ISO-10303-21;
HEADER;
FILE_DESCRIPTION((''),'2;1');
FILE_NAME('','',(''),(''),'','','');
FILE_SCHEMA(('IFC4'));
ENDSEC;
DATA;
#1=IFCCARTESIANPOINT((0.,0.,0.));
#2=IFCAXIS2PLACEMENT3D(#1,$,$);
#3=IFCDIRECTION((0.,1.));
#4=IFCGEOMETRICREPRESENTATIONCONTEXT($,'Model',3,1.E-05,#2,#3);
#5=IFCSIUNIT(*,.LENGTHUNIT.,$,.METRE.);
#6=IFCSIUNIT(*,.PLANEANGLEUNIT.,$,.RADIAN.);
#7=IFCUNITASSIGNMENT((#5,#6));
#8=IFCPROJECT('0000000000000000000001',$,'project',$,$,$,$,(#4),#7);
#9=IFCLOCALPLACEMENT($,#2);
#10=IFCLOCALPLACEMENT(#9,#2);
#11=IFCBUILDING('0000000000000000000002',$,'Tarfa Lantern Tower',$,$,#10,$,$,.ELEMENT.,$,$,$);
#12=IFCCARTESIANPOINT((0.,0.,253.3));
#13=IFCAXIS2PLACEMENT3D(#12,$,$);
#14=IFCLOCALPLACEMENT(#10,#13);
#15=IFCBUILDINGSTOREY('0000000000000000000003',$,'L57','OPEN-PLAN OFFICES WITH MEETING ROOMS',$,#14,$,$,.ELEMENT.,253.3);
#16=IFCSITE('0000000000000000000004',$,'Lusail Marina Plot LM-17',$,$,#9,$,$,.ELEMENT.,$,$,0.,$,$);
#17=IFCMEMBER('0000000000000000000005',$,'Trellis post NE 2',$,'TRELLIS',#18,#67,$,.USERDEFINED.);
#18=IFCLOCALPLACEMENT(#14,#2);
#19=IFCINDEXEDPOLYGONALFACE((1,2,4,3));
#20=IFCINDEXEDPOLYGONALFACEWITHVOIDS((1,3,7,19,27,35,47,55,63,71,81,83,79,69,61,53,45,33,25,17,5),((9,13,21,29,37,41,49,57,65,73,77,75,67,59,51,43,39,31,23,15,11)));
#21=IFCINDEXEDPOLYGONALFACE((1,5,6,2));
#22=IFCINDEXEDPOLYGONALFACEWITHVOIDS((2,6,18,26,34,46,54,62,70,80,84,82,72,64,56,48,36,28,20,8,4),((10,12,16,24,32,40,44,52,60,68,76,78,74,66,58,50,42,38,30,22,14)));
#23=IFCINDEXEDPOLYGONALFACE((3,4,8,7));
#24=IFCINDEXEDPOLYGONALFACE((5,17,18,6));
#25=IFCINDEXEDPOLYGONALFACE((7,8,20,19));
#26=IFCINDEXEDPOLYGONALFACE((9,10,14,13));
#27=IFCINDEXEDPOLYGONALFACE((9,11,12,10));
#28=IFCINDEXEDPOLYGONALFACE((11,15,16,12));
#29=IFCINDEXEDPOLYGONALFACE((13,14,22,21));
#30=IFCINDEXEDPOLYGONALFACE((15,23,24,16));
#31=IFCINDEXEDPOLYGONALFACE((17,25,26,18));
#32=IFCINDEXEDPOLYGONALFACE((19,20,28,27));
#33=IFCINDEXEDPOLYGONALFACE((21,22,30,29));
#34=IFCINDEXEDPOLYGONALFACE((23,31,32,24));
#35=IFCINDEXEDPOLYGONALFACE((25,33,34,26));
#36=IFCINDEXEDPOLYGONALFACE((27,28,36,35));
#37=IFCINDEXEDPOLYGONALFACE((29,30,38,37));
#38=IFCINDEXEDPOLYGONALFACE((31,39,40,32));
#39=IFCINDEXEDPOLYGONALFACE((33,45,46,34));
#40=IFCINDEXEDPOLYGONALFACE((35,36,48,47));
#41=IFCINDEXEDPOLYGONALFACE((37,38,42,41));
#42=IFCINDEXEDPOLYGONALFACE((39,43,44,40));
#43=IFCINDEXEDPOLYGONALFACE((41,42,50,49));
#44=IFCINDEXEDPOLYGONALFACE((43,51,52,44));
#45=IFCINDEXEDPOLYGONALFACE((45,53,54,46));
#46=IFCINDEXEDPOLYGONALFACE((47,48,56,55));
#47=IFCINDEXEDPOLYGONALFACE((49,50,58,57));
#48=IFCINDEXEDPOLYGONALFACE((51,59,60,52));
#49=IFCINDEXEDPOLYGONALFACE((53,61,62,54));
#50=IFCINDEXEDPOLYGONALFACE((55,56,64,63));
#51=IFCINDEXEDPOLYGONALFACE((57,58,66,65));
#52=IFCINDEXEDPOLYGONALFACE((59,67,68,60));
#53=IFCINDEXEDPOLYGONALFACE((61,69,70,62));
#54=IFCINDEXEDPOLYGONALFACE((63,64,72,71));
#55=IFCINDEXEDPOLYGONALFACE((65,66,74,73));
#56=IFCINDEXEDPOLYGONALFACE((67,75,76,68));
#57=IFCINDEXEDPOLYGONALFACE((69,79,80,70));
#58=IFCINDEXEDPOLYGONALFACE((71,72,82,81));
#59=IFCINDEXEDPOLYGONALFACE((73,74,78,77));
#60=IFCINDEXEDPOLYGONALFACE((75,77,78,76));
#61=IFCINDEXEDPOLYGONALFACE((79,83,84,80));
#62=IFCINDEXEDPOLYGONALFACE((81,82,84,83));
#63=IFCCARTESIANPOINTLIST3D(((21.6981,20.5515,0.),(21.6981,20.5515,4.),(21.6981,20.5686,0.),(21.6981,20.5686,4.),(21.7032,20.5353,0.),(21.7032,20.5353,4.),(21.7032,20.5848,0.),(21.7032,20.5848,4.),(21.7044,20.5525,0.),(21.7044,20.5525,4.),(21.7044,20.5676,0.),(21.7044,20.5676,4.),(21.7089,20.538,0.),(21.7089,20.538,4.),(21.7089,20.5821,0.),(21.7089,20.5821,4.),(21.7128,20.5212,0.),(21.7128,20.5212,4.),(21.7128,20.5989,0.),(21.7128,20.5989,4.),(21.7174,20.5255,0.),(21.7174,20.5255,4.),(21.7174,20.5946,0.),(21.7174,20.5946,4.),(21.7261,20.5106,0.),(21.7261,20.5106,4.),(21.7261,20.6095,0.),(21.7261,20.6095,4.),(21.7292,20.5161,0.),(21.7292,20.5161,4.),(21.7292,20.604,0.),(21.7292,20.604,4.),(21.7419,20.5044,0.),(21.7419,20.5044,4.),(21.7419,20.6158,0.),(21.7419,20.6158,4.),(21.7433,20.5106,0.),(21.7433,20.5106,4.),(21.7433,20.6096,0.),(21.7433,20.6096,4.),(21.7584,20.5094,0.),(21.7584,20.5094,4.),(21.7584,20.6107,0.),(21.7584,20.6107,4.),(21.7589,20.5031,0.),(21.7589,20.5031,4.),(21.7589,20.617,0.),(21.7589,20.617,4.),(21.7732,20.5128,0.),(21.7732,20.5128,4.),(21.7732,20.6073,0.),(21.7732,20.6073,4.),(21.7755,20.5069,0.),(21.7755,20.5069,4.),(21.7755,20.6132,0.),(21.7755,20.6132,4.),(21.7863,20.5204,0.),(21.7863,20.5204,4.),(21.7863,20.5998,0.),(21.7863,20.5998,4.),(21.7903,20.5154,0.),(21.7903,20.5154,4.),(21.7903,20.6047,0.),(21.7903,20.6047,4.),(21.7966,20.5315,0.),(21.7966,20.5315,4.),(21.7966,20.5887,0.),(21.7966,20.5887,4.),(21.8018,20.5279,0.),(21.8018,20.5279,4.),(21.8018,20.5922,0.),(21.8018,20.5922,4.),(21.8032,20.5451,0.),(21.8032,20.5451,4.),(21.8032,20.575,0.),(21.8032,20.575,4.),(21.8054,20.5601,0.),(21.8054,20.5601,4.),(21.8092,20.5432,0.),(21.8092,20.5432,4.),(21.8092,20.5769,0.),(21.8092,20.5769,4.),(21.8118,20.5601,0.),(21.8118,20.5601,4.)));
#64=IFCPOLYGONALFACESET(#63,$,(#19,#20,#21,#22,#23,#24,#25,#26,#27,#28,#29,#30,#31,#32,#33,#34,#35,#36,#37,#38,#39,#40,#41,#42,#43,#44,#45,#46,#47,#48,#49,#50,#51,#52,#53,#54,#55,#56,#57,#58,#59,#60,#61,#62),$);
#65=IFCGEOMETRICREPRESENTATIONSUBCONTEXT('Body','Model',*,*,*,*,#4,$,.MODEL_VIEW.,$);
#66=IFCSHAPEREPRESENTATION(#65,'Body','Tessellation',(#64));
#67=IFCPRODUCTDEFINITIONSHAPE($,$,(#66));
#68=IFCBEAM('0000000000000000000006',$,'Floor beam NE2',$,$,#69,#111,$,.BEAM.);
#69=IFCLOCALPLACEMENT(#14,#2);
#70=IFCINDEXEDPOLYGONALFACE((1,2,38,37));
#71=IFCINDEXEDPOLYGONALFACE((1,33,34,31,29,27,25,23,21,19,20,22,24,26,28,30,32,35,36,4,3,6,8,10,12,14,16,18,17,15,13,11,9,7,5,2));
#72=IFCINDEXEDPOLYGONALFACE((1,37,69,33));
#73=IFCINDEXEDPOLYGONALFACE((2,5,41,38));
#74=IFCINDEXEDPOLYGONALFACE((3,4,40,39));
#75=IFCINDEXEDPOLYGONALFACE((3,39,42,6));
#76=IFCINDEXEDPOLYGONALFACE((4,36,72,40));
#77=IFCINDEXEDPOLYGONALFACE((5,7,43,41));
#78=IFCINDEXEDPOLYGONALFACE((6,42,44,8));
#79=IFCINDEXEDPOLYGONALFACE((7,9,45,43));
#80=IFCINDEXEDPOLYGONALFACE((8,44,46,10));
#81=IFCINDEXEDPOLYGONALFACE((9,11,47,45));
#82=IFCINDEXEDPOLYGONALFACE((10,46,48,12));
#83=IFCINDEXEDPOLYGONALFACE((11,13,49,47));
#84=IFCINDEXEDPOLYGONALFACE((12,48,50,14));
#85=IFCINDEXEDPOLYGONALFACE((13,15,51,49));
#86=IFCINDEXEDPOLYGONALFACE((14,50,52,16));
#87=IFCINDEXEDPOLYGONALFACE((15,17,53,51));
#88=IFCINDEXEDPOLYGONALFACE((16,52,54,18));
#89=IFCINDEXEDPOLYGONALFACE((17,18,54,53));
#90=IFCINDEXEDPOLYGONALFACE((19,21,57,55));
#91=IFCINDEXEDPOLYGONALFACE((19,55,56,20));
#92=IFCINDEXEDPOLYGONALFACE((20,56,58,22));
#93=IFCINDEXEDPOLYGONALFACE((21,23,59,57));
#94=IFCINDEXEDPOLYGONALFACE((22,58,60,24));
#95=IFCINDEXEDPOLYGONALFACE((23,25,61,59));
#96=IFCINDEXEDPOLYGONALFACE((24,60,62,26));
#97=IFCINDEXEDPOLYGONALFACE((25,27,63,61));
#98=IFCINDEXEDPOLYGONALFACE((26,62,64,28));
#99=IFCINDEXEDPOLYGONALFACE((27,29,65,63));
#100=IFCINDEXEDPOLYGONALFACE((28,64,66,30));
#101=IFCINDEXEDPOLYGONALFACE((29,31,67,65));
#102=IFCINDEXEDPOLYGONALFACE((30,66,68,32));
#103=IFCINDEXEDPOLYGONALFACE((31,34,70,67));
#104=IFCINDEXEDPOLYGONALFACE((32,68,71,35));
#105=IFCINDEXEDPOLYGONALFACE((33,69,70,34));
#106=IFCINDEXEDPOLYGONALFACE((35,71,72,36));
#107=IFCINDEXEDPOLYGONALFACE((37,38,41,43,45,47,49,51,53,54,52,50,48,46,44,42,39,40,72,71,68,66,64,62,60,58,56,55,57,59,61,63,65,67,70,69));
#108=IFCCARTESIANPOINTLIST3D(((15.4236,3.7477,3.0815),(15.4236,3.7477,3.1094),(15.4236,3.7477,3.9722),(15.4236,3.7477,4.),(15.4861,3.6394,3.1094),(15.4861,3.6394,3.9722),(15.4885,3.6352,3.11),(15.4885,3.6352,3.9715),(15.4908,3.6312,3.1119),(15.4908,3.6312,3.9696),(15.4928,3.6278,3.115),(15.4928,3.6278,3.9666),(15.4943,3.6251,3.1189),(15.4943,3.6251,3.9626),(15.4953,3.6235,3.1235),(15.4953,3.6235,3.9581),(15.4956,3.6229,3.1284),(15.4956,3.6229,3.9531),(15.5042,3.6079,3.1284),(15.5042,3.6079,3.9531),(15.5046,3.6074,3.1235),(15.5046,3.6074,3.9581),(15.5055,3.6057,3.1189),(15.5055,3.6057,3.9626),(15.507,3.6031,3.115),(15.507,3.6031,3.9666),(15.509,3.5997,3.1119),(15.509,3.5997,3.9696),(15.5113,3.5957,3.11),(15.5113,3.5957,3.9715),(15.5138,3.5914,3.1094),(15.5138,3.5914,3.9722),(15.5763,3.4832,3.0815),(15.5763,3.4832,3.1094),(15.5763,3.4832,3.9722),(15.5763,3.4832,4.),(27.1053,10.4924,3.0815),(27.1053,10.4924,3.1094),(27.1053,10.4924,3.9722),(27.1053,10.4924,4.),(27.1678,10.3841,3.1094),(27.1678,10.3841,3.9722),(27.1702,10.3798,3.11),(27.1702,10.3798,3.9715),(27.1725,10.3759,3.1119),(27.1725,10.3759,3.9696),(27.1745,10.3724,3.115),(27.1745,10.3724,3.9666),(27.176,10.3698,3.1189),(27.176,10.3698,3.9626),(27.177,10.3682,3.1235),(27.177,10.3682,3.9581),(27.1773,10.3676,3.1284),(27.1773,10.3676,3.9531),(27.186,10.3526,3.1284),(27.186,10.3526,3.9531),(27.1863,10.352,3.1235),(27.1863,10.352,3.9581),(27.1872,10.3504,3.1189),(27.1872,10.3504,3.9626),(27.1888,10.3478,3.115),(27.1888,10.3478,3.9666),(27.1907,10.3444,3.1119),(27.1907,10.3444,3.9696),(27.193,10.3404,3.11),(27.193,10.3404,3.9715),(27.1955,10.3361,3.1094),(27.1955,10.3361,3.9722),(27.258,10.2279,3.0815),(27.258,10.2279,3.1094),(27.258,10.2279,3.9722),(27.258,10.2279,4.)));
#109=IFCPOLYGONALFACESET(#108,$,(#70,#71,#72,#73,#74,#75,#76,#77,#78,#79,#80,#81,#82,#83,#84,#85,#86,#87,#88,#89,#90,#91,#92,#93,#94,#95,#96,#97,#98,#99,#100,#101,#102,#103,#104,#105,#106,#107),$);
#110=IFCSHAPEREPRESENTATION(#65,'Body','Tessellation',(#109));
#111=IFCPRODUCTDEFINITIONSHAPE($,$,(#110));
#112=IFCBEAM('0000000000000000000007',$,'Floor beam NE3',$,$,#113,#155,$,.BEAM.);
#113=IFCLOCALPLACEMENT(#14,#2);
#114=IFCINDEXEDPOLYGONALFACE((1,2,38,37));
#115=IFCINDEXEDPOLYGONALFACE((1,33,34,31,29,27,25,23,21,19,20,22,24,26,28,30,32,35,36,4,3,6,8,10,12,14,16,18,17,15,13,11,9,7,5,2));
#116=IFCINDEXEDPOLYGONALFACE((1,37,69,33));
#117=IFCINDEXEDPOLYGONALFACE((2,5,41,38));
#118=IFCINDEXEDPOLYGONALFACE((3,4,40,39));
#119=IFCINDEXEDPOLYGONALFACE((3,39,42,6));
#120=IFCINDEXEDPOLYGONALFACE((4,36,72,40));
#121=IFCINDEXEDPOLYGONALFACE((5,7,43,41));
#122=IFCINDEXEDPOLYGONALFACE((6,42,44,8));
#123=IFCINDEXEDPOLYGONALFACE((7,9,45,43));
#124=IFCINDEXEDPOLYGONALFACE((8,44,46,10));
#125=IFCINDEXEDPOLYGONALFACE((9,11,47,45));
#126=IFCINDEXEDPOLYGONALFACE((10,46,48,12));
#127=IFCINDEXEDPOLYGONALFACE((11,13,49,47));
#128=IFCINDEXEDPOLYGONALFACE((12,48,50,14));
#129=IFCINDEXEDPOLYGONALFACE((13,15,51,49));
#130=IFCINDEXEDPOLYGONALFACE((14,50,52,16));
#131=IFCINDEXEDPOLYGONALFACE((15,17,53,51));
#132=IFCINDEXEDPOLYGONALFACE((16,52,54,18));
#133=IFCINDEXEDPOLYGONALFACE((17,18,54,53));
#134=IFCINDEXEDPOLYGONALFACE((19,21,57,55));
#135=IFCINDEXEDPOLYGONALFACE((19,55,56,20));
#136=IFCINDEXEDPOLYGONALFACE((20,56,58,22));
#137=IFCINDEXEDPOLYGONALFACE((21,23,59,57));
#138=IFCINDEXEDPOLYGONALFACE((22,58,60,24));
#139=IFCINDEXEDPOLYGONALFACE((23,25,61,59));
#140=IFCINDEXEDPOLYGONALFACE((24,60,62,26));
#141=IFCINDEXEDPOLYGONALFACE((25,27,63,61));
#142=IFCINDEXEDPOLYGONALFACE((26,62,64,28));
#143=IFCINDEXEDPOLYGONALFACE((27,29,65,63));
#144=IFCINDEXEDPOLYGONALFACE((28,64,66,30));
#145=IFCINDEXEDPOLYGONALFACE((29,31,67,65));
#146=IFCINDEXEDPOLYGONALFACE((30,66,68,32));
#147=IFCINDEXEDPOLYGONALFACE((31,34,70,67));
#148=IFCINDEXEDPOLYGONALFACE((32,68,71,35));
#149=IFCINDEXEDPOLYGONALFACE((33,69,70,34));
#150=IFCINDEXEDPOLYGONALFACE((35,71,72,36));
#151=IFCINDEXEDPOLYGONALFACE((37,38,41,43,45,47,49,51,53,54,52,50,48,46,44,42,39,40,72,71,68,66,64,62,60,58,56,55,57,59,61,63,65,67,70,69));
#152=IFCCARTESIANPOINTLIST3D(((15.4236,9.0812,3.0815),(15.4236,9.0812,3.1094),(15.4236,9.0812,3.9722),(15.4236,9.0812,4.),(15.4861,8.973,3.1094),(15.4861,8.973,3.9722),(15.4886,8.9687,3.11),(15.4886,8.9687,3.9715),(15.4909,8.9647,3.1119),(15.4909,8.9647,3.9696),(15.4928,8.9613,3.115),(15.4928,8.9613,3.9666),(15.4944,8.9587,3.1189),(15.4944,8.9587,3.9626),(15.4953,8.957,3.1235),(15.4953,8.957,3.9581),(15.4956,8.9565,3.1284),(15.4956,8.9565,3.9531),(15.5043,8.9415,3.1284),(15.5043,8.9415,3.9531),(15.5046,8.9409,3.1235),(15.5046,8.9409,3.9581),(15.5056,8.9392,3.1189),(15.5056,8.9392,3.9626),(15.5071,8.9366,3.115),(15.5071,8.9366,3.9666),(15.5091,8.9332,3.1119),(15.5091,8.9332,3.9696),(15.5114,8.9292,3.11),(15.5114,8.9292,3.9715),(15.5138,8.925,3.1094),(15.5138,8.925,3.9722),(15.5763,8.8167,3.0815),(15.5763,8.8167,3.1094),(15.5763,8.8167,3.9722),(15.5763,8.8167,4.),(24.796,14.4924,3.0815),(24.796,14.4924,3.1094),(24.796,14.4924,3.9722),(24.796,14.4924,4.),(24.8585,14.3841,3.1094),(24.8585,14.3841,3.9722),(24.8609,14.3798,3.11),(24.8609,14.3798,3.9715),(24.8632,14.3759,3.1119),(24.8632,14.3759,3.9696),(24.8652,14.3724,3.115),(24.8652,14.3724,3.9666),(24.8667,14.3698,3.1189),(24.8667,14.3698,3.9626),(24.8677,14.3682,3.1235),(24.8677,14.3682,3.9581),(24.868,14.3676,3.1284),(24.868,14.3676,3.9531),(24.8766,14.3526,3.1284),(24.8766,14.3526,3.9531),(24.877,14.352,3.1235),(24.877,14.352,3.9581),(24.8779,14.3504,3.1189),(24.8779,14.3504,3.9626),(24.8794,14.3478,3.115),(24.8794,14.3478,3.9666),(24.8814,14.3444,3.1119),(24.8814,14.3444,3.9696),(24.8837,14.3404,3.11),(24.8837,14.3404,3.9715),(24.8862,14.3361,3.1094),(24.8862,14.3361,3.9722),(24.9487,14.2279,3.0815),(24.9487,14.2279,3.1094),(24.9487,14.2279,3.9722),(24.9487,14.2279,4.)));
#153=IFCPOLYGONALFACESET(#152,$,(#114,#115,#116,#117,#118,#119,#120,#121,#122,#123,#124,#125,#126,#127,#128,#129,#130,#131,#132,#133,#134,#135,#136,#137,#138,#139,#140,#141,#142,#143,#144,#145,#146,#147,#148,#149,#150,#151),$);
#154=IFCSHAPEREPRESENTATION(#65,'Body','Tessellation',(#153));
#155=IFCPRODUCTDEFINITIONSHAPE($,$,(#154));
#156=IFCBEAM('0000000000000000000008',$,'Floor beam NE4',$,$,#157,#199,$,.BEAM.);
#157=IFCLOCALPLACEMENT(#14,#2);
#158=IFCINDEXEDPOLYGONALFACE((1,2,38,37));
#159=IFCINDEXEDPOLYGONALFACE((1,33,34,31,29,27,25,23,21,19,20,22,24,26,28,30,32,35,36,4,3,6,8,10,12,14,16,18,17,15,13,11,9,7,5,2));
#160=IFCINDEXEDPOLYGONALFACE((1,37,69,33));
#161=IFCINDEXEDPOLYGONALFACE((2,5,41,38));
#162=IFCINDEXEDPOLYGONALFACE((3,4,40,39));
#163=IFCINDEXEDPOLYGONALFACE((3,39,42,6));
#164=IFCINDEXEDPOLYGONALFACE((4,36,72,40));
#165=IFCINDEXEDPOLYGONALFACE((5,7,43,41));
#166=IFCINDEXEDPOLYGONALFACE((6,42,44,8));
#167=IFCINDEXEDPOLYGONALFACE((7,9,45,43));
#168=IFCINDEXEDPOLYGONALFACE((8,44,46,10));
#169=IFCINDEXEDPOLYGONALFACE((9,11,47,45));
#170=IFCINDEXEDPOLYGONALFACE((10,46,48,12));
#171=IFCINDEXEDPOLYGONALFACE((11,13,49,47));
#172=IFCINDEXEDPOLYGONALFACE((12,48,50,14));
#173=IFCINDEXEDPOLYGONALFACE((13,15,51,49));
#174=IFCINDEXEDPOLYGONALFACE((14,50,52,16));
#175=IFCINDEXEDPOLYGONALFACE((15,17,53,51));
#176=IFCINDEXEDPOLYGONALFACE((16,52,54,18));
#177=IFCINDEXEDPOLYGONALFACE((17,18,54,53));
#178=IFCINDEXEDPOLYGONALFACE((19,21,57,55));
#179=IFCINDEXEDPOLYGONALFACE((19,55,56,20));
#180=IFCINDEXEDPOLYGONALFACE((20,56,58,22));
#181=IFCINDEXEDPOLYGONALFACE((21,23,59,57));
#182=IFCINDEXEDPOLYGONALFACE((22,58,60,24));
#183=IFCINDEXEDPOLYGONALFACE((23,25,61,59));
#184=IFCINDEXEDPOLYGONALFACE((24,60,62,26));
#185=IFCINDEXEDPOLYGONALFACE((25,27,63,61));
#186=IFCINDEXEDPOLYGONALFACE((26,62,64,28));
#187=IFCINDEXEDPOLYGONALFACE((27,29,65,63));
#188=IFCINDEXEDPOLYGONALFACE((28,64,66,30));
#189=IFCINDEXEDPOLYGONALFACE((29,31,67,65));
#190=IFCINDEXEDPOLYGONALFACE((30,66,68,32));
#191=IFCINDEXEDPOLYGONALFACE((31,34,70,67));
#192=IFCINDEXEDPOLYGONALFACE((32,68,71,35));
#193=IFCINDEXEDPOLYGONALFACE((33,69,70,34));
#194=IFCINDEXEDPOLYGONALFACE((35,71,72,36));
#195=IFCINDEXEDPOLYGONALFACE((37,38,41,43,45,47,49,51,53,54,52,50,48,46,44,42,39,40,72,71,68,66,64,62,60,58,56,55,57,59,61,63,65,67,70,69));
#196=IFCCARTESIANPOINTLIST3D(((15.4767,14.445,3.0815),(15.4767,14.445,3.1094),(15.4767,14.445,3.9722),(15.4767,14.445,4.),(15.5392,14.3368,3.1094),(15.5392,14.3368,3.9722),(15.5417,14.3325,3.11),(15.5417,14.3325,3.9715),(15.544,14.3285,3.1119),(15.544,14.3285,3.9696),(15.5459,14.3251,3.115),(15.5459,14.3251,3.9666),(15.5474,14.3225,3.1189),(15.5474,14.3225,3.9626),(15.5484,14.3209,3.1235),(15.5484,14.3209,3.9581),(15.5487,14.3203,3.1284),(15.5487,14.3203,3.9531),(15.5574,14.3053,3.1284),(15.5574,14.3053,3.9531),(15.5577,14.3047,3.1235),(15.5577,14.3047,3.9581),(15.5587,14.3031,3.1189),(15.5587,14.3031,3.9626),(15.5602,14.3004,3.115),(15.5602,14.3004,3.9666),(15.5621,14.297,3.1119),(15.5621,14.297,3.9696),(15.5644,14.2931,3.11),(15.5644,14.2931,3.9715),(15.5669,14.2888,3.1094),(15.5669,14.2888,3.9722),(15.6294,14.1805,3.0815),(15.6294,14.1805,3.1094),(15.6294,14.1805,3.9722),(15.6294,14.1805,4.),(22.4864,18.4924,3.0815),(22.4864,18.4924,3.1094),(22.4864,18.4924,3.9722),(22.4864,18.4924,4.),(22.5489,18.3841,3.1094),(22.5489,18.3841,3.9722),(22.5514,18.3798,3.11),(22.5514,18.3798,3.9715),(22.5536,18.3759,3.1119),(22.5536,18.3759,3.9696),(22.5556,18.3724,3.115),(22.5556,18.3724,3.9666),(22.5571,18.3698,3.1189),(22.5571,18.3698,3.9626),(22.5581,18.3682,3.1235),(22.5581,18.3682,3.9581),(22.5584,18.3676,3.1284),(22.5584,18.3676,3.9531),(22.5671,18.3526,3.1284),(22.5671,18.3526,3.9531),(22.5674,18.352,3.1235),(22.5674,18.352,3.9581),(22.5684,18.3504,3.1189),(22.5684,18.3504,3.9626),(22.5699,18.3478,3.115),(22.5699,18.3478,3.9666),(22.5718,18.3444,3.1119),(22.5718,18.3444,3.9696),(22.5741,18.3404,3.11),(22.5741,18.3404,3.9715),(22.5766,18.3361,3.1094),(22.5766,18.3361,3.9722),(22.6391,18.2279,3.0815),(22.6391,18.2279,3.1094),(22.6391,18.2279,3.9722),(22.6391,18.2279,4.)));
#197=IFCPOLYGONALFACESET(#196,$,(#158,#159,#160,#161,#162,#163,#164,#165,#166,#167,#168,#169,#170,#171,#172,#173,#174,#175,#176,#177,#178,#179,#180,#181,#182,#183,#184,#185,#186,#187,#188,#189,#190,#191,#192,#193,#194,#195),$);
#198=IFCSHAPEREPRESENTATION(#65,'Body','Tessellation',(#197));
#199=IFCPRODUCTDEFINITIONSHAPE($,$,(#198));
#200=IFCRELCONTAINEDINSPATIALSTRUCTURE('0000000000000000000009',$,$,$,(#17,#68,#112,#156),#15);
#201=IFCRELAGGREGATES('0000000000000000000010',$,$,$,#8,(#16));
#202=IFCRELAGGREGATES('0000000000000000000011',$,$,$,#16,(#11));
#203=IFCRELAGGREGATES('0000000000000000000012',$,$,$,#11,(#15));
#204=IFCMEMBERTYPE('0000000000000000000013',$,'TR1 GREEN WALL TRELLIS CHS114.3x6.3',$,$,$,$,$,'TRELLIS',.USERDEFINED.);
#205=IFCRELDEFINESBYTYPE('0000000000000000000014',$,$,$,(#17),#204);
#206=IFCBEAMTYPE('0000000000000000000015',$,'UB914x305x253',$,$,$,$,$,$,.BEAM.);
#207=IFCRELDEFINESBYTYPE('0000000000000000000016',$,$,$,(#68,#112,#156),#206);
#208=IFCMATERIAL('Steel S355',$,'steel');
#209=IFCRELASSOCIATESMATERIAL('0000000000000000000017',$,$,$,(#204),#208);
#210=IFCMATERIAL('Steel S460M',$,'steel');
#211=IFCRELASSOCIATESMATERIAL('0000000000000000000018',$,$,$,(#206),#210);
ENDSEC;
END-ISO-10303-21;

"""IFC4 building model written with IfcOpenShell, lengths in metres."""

from ifc_helpers import new_model, si_unit, direction, frame, origin, origin_2d, place, context, subcontext, project, spatial, hollow_circle, i_section, extrude, material, material_profile, profile_set, type_object, element, save


model = new_model("IFC4")

# Units and contexts
model_context = context("Model", 3, precision=1e-05, world=origin(), true_north=direction((0.0, 1.0)))
body_context = subcontext(model_context, "Body", "Model", "MODEL_VIEW")
ifc_project = project(units=[si_unit("LENGTHUNIT", "METRE"), si_unit("PLANEANGLEUNIT", "RADIAN")], contexts=[model_context])

# Site, building, storey
site_placement = place(None, origin())
site = spatial("IfcSite", under=ifc_project, at=site_placement, Name="Lusail Marina Plot LM-17", CompositionType="ELEMENT", RefElevation=0.0)
building_placement = place(site_placement, origin())
building = spatial("IfcBuilding", under=site, at=building_placement, Name="Tarfa Lantern Tower", CompositionType="ELEMENT")
storey_placement = place(building_placement, frame((0.0, 0.0, 253.3)))
storey = spatial("IfcBuildingStorey", under=building, at=storey_placement, Name="L57", Description="OPEN-PLAN OFFICES WITH MEETING ROOMS", CompositionType="ELEMENT", Elevation=253.3)

# Member
ifc_material_1 = material(Name="Steel S355", Category="steel")
ifc_material_profile_1 = material_profile(ifc_material_1, hollow_circle(Radius=0.0571, WallThickness=0.0063, at=origin_2d()), Name="CHS114.3x6.3")
ifc_profile_set_1 = profile_set([ifc_material_profile_1], Name="Steel S355")
member_type_1 = type_object("IfcMemberType", Name="TR1 GREEN WALL TRELLIS CHS114.3x6.3", ElementType="TRELLIS", PredefinedType="USERDEFINED", material=ifc_profile_set_1)
member_1_placement = place(storey_placement, frame((21.7546, 20.5601, 0.0), z_axis=(0.0, 0.0, 1.0), x_axis=(1.0, 0.0, 0.0)))
element("IfcMember", 1, at=member_1_placement, inside=storey, type_object=member_type_1, Name="Trellis post NE 2", ObjectType="TRELLIS", PredefinedType="USERDEFINED", context=body_context, shape_type="SweptSolid", body=[
    extrude(hollow_circle(Radius=0.0571, WallThickness=0.0063, at=origin_2d()), origin(), (0.0, 0.0, 1.0), 4.0),
])

# Beams
ifc_material_2 = material(Name="Steel S460M", Category="steel")
ifc_material_profile_2 = material_profile(ifc_material_2, i_section(OverallWidth=0.3054, OverallDepth=0.9185, WebThickness=0.0173, FlangeThickness=0.0278, FilletRadius=0.019, at=origin_2d()), Name="UB914x305x253")
ifc_profile_set_2 = profile_set([ifc_material_profile_2], Name="Steel S460M")
beam_type_1 = type_object("IfcBeamType", Name="UB914x305x253", PredefinedType="BEAM", material=ifc_profile_set_2)
beam_1_placement = place(storey_placement, frame((27.1816, 10.3601, 3.5408), z_axis=(-0.866018, -0.500013, 0.0), x_axis=(0.500013, -0.866018, 0.0)))
element("IfcBeam", 2, at=beam_1_placement, inside=storey, type_object=beam_type_1, Name="Floor beam NE2", PredefinedType="BEAM", context=body_context, shape_type="SweptSolid", body=[
    extrude(i_section(OverallWidth=0.3054, OverallDepth=0.9185, WebThickness=0.0173, FlangeThickness=0.0278, FilletRadius=0.019, at=origin_2d()), origin(), (0.0, 0.0, 1.0), 13.489),
])
beam_2_placement = place(storey_placement, frame((24.8723, 14.3601, 3.5408), z_axis=(-0.866024, -0.500002, 0.0), x_axis=(0.500002, -0.866024, 0.0)))
element("IfcBeam", 3, at=beam_2_placement, inside=storey, type_object=beam_type_1, Name="Floor beam NE3", PredefinedType="BEAM", context=body_context, shape_type="SweptSolid", body=[
    extrude(i_section(OverallWidth=0.3054, OverallDepth=0.9185, WebThickness=0.0173, FlangeThickness=0.0278, FilletRadius=0.019, at=origin_2d()), origin(), (0.0, 0.0, 1.0), 10.8223),
])
beam_3_placement = place(storey_placement, frame((22.5627, 18.3601, 3.5408), z_axis=(-0.866011, -0.500025, 0.0), x_axis=(0.500025, -0.866011, 0.0)))
element("IfcBeam", 4, at=beam_3_placement, inside=storey, type_object=beam_type_1, Name="Floor beam NE4", PredefinedType="BEAM", context=body_context, shape_type="SweptSolid", body=[
    extrude(i_section(OverallWidth=0.3054, OverallDepth=0.9185, WebThickness=0.0173, FlangeThickness=0.0278, FilletRadius=0.019, at=origin_2d()), origin(), (0.0, 0.0, 1.0), 8.0942),
])

save(model, "model.ifc")
